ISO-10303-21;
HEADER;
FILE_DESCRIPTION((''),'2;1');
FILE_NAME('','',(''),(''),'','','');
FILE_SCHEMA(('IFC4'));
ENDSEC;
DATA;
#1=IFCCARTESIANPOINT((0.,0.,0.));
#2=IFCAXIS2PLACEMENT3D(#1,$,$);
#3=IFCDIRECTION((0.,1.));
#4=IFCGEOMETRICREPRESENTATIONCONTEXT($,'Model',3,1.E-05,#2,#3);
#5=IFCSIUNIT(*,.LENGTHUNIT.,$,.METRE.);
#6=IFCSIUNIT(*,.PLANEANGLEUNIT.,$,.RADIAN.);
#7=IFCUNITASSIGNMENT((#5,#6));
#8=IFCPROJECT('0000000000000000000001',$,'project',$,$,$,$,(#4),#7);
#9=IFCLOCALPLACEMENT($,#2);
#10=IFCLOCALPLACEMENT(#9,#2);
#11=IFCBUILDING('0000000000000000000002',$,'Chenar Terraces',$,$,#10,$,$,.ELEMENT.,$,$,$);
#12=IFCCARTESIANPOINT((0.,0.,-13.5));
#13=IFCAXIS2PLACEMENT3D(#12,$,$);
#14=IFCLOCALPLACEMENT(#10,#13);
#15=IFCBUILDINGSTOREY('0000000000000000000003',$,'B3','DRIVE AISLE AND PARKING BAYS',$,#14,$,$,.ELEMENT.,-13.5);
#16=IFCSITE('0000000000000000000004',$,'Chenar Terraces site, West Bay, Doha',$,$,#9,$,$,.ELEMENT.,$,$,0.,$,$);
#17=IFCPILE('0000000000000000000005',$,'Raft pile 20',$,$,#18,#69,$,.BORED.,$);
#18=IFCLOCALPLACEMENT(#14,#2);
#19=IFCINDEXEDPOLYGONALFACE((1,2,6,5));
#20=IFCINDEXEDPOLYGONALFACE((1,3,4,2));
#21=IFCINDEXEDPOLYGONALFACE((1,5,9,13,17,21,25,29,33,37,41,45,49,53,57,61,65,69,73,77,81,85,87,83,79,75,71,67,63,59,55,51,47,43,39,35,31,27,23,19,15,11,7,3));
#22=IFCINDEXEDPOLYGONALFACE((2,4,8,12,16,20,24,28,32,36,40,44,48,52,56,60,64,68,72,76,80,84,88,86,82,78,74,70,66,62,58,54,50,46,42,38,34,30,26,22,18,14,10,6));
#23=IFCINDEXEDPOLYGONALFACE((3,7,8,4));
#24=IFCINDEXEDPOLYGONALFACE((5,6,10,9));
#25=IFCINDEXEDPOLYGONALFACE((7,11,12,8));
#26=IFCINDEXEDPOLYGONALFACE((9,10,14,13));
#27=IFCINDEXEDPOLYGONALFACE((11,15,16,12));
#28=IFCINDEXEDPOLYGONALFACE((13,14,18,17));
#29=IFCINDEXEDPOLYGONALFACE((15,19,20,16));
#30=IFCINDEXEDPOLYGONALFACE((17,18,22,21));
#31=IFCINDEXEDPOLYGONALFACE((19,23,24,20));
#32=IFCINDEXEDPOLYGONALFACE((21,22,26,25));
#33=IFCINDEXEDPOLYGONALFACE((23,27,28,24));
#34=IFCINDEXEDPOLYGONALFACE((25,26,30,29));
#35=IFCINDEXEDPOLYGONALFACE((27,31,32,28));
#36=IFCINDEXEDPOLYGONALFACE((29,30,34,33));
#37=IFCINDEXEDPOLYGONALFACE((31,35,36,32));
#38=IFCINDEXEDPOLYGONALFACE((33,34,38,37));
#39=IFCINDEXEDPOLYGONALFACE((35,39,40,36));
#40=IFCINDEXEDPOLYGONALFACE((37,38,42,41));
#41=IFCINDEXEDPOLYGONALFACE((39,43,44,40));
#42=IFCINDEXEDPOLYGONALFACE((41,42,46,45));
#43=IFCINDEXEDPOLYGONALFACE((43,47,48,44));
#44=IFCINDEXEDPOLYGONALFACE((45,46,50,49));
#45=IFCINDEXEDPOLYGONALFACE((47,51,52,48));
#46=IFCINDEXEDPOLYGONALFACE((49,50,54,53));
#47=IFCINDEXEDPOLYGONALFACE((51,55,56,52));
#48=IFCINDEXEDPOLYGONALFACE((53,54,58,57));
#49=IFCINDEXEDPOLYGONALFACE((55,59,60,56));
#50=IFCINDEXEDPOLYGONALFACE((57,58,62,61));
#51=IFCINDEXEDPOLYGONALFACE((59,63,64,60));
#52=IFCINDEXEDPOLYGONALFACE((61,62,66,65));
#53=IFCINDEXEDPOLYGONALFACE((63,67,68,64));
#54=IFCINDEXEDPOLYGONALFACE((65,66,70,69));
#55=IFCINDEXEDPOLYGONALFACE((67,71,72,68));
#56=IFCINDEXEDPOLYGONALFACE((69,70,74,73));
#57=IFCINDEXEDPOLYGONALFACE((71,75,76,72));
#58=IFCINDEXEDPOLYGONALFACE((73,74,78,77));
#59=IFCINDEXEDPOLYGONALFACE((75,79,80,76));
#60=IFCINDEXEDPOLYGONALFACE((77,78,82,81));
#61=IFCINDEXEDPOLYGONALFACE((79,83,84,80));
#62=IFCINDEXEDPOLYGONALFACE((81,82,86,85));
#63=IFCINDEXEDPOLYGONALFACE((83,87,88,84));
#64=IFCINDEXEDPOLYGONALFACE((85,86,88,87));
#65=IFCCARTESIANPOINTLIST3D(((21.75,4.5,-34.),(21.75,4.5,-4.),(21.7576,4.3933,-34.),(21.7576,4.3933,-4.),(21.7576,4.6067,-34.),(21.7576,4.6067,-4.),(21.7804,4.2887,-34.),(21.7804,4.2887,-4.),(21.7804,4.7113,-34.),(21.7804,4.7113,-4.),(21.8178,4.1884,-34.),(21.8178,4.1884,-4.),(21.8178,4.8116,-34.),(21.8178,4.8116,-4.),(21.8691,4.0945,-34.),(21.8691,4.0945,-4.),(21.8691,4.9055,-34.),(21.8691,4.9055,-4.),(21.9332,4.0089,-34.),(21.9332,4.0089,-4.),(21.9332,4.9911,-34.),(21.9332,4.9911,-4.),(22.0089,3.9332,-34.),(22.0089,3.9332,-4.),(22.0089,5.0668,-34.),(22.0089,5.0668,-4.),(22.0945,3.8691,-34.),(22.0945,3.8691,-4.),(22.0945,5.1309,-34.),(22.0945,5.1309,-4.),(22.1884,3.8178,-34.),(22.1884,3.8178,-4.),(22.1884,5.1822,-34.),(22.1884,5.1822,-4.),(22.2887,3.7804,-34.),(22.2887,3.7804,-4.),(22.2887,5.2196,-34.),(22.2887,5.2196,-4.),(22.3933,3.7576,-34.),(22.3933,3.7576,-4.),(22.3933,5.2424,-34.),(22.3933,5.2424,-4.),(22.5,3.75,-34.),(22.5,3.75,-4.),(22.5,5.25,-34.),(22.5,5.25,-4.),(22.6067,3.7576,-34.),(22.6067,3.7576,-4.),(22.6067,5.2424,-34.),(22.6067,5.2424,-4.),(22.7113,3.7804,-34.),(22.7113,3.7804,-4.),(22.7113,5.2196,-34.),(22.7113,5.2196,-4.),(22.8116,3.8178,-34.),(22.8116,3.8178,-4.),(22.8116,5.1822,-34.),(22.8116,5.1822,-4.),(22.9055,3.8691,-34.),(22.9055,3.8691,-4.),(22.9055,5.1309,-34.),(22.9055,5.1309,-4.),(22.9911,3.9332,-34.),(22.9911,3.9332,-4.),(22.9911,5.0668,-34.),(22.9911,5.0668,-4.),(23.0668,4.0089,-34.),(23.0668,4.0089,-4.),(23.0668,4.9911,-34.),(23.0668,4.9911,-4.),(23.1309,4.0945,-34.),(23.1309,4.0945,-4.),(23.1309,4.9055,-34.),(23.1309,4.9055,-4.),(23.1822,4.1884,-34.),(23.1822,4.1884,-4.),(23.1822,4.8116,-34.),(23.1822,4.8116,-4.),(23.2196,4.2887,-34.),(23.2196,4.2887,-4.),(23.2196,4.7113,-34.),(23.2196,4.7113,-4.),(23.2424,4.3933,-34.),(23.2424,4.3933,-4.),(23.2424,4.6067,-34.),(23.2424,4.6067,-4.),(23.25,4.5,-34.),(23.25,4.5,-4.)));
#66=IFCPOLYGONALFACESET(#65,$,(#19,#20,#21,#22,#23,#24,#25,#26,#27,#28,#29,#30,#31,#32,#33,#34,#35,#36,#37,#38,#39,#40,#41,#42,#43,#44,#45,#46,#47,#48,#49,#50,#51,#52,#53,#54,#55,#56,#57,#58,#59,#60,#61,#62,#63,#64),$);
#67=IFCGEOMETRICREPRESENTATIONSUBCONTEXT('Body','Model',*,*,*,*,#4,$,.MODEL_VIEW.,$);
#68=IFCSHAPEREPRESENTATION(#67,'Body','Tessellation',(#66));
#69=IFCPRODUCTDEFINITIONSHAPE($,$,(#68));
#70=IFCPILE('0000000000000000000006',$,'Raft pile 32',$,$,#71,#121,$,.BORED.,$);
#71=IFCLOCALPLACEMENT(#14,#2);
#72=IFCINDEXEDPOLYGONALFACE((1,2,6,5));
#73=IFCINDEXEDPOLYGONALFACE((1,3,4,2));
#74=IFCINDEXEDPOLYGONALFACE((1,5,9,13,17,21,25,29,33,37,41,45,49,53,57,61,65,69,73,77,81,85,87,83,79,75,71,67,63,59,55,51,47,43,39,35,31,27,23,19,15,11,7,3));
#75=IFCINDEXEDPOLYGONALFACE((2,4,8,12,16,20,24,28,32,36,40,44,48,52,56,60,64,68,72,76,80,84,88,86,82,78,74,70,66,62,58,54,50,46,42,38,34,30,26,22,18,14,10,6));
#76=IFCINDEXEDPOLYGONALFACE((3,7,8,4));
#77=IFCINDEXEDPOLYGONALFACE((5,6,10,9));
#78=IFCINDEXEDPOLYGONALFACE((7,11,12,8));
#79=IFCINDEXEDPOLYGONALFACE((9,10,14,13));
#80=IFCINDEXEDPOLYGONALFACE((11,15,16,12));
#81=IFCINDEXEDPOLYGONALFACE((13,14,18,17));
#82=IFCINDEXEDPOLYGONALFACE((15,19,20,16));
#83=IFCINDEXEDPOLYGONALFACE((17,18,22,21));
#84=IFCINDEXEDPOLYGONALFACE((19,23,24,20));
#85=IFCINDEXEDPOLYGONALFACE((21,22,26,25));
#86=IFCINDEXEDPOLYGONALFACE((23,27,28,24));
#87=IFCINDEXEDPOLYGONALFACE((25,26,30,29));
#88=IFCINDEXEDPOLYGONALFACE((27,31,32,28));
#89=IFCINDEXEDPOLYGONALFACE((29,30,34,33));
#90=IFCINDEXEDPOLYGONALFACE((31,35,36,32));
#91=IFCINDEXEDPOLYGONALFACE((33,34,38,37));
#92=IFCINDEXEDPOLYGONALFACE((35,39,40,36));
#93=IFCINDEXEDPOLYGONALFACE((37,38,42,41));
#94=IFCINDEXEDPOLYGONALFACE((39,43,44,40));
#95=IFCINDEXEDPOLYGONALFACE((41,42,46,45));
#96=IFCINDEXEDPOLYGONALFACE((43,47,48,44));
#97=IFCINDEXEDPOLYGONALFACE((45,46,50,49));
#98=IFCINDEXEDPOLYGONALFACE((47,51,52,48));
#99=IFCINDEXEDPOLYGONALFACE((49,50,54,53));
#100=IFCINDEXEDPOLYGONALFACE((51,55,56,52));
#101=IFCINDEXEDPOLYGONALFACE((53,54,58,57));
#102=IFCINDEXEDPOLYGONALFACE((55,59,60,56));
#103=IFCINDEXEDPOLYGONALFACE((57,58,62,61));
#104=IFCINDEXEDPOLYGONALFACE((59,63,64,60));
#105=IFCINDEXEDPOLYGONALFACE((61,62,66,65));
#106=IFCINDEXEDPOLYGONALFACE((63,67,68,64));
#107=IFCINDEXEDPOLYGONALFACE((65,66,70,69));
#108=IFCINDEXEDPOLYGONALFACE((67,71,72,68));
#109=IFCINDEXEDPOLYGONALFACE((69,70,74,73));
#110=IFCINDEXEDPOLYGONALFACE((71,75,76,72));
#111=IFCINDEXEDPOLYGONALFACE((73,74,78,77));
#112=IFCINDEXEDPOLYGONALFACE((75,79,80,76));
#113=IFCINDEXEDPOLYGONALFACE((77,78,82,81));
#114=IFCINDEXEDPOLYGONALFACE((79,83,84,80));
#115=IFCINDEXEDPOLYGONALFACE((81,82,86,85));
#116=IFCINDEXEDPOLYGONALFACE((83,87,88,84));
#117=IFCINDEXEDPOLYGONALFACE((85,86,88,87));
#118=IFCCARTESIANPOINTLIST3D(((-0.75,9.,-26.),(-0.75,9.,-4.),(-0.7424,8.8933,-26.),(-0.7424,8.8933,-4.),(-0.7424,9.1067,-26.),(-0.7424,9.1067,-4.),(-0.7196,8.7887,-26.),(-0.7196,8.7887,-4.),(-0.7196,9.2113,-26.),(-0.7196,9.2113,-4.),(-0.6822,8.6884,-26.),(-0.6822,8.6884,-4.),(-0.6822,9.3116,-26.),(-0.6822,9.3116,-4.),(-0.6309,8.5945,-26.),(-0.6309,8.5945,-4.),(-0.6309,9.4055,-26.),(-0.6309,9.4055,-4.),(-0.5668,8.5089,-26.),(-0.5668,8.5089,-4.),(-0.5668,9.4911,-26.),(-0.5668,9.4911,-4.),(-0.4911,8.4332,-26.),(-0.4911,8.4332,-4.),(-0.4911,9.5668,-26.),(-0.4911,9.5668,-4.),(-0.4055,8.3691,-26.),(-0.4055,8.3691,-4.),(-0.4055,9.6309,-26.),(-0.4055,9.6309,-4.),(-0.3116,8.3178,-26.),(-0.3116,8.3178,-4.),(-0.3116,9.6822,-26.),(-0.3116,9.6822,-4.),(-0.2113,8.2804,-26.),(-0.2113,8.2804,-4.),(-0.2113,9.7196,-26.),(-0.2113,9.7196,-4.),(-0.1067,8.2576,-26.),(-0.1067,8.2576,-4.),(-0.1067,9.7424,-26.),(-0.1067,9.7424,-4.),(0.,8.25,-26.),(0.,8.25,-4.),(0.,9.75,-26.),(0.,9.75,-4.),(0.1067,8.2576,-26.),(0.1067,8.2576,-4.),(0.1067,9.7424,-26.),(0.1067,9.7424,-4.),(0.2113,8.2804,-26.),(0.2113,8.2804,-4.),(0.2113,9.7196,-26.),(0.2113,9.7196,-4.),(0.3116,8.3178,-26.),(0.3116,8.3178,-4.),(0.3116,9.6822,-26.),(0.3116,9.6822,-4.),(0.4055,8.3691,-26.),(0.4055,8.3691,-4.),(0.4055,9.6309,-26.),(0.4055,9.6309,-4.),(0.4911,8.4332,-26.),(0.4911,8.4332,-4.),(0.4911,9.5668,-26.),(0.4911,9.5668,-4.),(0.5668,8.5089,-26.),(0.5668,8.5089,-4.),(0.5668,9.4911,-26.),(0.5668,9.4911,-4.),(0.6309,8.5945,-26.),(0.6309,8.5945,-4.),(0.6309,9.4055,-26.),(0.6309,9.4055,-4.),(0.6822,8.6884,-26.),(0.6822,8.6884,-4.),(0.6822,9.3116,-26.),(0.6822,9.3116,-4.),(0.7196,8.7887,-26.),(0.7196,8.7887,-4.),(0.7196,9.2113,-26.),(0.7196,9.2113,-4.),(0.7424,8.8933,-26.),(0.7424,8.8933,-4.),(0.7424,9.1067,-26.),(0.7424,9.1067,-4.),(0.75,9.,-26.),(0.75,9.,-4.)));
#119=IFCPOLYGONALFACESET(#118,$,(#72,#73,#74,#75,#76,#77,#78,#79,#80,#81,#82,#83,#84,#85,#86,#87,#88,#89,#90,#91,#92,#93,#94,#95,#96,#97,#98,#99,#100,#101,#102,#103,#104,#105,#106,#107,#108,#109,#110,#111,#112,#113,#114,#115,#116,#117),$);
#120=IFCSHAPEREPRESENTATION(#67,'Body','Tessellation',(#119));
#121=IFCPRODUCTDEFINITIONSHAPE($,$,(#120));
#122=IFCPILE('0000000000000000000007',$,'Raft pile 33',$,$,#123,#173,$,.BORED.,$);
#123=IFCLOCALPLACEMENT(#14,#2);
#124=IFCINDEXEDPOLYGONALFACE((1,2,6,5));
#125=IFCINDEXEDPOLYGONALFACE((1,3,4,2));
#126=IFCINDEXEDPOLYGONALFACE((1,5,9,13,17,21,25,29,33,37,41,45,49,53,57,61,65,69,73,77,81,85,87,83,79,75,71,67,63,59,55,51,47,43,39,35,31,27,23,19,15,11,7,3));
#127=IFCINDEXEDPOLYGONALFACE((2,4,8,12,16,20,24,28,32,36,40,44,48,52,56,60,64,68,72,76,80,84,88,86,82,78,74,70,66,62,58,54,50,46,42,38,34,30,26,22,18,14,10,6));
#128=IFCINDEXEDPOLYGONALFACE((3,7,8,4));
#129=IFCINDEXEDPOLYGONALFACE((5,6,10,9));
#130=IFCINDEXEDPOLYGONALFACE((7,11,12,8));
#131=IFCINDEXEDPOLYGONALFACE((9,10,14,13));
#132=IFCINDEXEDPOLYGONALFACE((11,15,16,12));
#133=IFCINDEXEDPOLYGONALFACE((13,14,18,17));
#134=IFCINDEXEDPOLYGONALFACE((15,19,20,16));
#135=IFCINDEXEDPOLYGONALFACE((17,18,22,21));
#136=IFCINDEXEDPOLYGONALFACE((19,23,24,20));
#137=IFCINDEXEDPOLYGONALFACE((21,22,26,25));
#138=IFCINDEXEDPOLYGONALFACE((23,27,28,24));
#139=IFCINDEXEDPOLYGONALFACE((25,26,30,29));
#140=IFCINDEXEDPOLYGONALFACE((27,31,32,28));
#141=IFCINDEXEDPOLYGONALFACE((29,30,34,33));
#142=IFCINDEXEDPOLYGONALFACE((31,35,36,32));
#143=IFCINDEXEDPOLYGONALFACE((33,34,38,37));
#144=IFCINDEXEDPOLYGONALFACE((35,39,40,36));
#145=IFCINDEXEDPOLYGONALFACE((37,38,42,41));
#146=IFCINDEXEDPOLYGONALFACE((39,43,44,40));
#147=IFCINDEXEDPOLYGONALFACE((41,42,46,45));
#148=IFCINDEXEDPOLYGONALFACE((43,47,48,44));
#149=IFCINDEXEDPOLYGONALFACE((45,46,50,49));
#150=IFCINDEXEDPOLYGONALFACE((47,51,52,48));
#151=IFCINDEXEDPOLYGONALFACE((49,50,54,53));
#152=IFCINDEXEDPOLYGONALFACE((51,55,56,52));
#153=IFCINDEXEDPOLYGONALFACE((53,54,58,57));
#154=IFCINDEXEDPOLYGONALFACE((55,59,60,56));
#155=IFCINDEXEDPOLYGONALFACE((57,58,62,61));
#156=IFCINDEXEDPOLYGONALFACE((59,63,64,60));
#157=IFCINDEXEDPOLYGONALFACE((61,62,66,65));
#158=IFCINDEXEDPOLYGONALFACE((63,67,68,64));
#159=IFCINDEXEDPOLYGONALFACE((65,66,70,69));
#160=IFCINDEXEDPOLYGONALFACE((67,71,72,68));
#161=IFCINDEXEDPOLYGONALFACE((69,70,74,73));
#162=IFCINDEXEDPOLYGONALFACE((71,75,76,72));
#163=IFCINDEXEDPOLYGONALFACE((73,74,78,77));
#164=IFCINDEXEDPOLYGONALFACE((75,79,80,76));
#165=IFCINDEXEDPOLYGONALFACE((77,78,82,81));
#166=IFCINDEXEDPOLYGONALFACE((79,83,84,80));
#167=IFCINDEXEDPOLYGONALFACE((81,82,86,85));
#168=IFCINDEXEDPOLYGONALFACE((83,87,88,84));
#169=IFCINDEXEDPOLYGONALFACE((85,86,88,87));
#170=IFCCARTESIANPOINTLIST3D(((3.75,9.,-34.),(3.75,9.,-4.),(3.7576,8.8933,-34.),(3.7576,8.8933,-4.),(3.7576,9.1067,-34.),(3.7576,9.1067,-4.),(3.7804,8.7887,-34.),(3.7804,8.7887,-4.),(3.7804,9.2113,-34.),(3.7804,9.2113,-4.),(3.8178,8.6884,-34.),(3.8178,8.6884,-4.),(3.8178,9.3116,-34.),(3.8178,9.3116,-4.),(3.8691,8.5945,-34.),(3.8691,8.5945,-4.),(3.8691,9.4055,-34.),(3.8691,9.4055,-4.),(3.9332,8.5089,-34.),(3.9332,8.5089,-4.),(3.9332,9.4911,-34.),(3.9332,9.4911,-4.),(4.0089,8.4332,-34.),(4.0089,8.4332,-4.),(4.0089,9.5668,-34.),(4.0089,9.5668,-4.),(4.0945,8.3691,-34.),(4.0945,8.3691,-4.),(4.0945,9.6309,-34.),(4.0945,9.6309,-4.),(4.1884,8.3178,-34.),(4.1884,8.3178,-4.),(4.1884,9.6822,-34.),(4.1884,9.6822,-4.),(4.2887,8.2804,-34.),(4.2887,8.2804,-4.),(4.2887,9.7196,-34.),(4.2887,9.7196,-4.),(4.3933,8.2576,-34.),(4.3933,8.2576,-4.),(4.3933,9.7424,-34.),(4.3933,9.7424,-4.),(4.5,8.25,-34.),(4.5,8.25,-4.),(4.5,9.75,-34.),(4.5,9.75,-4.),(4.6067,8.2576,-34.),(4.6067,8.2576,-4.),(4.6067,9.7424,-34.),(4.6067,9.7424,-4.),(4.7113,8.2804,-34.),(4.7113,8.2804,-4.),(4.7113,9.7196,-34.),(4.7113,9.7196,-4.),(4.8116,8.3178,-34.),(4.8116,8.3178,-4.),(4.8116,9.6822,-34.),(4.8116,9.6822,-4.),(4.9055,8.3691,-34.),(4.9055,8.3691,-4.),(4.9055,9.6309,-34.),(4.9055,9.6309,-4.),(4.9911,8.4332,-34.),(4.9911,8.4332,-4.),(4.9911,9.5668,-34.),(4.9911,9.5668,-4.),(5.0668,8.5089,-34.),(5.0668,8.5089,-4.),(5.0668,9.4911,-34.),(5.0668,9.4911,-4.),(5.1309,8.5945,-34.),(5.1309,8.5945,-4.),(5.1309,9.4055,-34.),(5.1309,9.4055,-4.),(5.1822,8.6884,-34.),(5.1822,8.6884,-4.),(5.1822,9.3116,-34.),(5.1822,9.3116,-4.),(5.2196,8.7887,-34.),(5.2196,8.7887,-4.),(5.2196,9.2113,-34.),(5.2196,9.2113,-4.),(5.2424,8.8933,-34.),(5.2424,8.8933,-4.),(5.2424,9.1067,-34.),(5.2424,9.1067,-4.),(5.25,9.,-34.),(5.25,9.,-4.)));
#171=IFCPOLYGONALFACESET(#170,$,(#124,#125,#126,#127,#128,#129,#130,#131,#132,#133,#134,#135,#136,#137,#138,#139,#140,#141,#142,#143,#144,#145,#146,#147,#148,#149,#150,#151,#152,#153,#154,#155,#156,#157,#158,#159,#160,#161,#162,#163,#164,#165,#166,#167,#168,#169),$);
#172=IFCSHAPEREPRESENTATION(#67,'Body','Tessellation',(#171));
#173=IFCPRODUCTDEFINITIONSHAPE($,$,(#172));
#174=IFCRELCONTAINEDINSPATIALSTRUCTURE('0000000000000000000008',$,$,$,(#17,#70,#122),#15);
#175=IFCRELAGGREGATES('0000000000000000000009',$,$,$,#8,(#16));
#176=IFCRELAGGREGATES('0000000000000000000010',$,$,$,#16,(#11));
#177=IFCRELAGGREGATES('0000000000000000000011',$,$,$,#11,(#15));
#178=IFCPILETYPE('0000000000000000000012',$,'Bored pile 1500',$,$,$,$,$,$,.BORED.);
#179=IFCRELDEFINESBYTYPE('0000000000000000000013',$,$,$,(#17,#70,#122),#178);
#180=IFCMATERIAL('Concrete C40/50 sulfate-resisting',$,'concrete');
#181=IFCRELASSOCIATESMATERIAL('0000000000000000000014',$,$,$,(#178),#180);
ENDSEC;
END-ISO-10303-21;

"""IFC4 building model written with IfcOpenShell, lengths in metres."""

from ifc_helpers import new_model, si_unit, direction, frame, origin, origin_2d, place, context, subcontext, project, spatial, circle, extrude, material, material_profile, profile_set, type_object, element, save


model = new_model("IFC4")

# Units and contexts
model_context = context("Model", 3, precision=1e-05, world=origin(), true_north=direction((0.0, 1.0)))
body_context = subcontext(model_context, "Body", "Model", "MODEL_VIEW")
ifc_project = project(units=[si_unit("LENGTHUNIT", "METRE"), si_unit("PLANEANGLEUNIT", "RADIAN")], contexts=[model_context])

# Site, building, storey
site_placement = place(None, origin())
site = spatial("IfcSite", under=ifc_project, at=site_placement, Name="Chenar Terraces site, West Bay, Doha", CompositionType="ELEMENT", RefElevation=0.0)
building_placement = place(site_placement, origin())
building = spatial("IfcBuilding", under=site, at=building_placement, Name="Chenar Terraces", CompositionType="ELEMENT")
storey_placement = place(building_placement, frame((0.0, 0.0, -13.5)))
storey = spatial("IfcBuildingStorey", under=building, at=storey_placement, Name="B3", Description="DRIVE AISLE AND PARKING BAYS", CompositionType="ELEMENT", Elevation=-13.5)

# Piles
ifc_material_1 = material(Name="Concrete C40/50 sulfate-resisting", Category="concrete")
ifc_material_profile_1 = material_profile(ifc_material_1, circle(Radius=0.75, at=origin_2d()), Name="BP 1500")
ifc_profile_set_1 = profile_set([ifc_material_profile_1], Name="Concrete C40/50 sulfate-resisting")
pile_type_1 = type_object("IfcPileType", Name="Bored pile 1500", PredefinedType="BORED", material=ifc_profile_set_1)
for number, where, z_axis, x_axis, name in (
    (1, (22.5, 4.5, -4.0), (0.0, 0.0, -1.0), (1.0, 0.0, 0.0), "Raft pile 20"),
):
    element("IfcPile", number, at=place(storey_placement, frame(where, z_axis=z_axis, x_axis=x_axis)), inside=storey, type_object=pile_type_1, Name=name, PredefinedType="BORED", context=body_context, shape_type="SweptSolid", body=[
        extrude(circle(Radius=0.75, at=origin_2d()), origin(), (0.0, 0.0, 1.0), 30.0),
    ])
pile_1_placement = place(storey_placement, frame((0.0, 9.0, -4.0), z_axis=(0.0, 0.0, -1.0), x_axis=(1.0, 0.0, 0.0)))
element("IfcPile", 2, at=pile_1_placement, inside=storey, type_object=pile_type_1, Name="Raft pile 32", PredefinedType="BORED", context=body_context, shape_type="SweptSolid", body=[
    extrude(circle(Radius=0.75, at=origin_2d()), origin(), (0.0, 0.0, 1.0), 22.0),
])
for number, where, z_axis, x_axis, name in (
    (3, (4.5, 9.0, -4.0), (0.0, 0.0, -1.0), (1.0, 0.0, 0.0), "Raft pile 33"),
):
    element("IfcPile", number, at=place(storey_placement, frame(where, z_axis=z_axis, x_axis=x_axis)), inside=storey, type_object=pile_type_1, Name=name, PredefinedType="BORED", context=body_context, shape_type="SweptSolid", body=[
        extrude(circle(Radius=0.75, at=origin_2d()), origin(), (0.0, 0.0, 1.0), 30.0),
    ])

save(model, "model.ifc")
